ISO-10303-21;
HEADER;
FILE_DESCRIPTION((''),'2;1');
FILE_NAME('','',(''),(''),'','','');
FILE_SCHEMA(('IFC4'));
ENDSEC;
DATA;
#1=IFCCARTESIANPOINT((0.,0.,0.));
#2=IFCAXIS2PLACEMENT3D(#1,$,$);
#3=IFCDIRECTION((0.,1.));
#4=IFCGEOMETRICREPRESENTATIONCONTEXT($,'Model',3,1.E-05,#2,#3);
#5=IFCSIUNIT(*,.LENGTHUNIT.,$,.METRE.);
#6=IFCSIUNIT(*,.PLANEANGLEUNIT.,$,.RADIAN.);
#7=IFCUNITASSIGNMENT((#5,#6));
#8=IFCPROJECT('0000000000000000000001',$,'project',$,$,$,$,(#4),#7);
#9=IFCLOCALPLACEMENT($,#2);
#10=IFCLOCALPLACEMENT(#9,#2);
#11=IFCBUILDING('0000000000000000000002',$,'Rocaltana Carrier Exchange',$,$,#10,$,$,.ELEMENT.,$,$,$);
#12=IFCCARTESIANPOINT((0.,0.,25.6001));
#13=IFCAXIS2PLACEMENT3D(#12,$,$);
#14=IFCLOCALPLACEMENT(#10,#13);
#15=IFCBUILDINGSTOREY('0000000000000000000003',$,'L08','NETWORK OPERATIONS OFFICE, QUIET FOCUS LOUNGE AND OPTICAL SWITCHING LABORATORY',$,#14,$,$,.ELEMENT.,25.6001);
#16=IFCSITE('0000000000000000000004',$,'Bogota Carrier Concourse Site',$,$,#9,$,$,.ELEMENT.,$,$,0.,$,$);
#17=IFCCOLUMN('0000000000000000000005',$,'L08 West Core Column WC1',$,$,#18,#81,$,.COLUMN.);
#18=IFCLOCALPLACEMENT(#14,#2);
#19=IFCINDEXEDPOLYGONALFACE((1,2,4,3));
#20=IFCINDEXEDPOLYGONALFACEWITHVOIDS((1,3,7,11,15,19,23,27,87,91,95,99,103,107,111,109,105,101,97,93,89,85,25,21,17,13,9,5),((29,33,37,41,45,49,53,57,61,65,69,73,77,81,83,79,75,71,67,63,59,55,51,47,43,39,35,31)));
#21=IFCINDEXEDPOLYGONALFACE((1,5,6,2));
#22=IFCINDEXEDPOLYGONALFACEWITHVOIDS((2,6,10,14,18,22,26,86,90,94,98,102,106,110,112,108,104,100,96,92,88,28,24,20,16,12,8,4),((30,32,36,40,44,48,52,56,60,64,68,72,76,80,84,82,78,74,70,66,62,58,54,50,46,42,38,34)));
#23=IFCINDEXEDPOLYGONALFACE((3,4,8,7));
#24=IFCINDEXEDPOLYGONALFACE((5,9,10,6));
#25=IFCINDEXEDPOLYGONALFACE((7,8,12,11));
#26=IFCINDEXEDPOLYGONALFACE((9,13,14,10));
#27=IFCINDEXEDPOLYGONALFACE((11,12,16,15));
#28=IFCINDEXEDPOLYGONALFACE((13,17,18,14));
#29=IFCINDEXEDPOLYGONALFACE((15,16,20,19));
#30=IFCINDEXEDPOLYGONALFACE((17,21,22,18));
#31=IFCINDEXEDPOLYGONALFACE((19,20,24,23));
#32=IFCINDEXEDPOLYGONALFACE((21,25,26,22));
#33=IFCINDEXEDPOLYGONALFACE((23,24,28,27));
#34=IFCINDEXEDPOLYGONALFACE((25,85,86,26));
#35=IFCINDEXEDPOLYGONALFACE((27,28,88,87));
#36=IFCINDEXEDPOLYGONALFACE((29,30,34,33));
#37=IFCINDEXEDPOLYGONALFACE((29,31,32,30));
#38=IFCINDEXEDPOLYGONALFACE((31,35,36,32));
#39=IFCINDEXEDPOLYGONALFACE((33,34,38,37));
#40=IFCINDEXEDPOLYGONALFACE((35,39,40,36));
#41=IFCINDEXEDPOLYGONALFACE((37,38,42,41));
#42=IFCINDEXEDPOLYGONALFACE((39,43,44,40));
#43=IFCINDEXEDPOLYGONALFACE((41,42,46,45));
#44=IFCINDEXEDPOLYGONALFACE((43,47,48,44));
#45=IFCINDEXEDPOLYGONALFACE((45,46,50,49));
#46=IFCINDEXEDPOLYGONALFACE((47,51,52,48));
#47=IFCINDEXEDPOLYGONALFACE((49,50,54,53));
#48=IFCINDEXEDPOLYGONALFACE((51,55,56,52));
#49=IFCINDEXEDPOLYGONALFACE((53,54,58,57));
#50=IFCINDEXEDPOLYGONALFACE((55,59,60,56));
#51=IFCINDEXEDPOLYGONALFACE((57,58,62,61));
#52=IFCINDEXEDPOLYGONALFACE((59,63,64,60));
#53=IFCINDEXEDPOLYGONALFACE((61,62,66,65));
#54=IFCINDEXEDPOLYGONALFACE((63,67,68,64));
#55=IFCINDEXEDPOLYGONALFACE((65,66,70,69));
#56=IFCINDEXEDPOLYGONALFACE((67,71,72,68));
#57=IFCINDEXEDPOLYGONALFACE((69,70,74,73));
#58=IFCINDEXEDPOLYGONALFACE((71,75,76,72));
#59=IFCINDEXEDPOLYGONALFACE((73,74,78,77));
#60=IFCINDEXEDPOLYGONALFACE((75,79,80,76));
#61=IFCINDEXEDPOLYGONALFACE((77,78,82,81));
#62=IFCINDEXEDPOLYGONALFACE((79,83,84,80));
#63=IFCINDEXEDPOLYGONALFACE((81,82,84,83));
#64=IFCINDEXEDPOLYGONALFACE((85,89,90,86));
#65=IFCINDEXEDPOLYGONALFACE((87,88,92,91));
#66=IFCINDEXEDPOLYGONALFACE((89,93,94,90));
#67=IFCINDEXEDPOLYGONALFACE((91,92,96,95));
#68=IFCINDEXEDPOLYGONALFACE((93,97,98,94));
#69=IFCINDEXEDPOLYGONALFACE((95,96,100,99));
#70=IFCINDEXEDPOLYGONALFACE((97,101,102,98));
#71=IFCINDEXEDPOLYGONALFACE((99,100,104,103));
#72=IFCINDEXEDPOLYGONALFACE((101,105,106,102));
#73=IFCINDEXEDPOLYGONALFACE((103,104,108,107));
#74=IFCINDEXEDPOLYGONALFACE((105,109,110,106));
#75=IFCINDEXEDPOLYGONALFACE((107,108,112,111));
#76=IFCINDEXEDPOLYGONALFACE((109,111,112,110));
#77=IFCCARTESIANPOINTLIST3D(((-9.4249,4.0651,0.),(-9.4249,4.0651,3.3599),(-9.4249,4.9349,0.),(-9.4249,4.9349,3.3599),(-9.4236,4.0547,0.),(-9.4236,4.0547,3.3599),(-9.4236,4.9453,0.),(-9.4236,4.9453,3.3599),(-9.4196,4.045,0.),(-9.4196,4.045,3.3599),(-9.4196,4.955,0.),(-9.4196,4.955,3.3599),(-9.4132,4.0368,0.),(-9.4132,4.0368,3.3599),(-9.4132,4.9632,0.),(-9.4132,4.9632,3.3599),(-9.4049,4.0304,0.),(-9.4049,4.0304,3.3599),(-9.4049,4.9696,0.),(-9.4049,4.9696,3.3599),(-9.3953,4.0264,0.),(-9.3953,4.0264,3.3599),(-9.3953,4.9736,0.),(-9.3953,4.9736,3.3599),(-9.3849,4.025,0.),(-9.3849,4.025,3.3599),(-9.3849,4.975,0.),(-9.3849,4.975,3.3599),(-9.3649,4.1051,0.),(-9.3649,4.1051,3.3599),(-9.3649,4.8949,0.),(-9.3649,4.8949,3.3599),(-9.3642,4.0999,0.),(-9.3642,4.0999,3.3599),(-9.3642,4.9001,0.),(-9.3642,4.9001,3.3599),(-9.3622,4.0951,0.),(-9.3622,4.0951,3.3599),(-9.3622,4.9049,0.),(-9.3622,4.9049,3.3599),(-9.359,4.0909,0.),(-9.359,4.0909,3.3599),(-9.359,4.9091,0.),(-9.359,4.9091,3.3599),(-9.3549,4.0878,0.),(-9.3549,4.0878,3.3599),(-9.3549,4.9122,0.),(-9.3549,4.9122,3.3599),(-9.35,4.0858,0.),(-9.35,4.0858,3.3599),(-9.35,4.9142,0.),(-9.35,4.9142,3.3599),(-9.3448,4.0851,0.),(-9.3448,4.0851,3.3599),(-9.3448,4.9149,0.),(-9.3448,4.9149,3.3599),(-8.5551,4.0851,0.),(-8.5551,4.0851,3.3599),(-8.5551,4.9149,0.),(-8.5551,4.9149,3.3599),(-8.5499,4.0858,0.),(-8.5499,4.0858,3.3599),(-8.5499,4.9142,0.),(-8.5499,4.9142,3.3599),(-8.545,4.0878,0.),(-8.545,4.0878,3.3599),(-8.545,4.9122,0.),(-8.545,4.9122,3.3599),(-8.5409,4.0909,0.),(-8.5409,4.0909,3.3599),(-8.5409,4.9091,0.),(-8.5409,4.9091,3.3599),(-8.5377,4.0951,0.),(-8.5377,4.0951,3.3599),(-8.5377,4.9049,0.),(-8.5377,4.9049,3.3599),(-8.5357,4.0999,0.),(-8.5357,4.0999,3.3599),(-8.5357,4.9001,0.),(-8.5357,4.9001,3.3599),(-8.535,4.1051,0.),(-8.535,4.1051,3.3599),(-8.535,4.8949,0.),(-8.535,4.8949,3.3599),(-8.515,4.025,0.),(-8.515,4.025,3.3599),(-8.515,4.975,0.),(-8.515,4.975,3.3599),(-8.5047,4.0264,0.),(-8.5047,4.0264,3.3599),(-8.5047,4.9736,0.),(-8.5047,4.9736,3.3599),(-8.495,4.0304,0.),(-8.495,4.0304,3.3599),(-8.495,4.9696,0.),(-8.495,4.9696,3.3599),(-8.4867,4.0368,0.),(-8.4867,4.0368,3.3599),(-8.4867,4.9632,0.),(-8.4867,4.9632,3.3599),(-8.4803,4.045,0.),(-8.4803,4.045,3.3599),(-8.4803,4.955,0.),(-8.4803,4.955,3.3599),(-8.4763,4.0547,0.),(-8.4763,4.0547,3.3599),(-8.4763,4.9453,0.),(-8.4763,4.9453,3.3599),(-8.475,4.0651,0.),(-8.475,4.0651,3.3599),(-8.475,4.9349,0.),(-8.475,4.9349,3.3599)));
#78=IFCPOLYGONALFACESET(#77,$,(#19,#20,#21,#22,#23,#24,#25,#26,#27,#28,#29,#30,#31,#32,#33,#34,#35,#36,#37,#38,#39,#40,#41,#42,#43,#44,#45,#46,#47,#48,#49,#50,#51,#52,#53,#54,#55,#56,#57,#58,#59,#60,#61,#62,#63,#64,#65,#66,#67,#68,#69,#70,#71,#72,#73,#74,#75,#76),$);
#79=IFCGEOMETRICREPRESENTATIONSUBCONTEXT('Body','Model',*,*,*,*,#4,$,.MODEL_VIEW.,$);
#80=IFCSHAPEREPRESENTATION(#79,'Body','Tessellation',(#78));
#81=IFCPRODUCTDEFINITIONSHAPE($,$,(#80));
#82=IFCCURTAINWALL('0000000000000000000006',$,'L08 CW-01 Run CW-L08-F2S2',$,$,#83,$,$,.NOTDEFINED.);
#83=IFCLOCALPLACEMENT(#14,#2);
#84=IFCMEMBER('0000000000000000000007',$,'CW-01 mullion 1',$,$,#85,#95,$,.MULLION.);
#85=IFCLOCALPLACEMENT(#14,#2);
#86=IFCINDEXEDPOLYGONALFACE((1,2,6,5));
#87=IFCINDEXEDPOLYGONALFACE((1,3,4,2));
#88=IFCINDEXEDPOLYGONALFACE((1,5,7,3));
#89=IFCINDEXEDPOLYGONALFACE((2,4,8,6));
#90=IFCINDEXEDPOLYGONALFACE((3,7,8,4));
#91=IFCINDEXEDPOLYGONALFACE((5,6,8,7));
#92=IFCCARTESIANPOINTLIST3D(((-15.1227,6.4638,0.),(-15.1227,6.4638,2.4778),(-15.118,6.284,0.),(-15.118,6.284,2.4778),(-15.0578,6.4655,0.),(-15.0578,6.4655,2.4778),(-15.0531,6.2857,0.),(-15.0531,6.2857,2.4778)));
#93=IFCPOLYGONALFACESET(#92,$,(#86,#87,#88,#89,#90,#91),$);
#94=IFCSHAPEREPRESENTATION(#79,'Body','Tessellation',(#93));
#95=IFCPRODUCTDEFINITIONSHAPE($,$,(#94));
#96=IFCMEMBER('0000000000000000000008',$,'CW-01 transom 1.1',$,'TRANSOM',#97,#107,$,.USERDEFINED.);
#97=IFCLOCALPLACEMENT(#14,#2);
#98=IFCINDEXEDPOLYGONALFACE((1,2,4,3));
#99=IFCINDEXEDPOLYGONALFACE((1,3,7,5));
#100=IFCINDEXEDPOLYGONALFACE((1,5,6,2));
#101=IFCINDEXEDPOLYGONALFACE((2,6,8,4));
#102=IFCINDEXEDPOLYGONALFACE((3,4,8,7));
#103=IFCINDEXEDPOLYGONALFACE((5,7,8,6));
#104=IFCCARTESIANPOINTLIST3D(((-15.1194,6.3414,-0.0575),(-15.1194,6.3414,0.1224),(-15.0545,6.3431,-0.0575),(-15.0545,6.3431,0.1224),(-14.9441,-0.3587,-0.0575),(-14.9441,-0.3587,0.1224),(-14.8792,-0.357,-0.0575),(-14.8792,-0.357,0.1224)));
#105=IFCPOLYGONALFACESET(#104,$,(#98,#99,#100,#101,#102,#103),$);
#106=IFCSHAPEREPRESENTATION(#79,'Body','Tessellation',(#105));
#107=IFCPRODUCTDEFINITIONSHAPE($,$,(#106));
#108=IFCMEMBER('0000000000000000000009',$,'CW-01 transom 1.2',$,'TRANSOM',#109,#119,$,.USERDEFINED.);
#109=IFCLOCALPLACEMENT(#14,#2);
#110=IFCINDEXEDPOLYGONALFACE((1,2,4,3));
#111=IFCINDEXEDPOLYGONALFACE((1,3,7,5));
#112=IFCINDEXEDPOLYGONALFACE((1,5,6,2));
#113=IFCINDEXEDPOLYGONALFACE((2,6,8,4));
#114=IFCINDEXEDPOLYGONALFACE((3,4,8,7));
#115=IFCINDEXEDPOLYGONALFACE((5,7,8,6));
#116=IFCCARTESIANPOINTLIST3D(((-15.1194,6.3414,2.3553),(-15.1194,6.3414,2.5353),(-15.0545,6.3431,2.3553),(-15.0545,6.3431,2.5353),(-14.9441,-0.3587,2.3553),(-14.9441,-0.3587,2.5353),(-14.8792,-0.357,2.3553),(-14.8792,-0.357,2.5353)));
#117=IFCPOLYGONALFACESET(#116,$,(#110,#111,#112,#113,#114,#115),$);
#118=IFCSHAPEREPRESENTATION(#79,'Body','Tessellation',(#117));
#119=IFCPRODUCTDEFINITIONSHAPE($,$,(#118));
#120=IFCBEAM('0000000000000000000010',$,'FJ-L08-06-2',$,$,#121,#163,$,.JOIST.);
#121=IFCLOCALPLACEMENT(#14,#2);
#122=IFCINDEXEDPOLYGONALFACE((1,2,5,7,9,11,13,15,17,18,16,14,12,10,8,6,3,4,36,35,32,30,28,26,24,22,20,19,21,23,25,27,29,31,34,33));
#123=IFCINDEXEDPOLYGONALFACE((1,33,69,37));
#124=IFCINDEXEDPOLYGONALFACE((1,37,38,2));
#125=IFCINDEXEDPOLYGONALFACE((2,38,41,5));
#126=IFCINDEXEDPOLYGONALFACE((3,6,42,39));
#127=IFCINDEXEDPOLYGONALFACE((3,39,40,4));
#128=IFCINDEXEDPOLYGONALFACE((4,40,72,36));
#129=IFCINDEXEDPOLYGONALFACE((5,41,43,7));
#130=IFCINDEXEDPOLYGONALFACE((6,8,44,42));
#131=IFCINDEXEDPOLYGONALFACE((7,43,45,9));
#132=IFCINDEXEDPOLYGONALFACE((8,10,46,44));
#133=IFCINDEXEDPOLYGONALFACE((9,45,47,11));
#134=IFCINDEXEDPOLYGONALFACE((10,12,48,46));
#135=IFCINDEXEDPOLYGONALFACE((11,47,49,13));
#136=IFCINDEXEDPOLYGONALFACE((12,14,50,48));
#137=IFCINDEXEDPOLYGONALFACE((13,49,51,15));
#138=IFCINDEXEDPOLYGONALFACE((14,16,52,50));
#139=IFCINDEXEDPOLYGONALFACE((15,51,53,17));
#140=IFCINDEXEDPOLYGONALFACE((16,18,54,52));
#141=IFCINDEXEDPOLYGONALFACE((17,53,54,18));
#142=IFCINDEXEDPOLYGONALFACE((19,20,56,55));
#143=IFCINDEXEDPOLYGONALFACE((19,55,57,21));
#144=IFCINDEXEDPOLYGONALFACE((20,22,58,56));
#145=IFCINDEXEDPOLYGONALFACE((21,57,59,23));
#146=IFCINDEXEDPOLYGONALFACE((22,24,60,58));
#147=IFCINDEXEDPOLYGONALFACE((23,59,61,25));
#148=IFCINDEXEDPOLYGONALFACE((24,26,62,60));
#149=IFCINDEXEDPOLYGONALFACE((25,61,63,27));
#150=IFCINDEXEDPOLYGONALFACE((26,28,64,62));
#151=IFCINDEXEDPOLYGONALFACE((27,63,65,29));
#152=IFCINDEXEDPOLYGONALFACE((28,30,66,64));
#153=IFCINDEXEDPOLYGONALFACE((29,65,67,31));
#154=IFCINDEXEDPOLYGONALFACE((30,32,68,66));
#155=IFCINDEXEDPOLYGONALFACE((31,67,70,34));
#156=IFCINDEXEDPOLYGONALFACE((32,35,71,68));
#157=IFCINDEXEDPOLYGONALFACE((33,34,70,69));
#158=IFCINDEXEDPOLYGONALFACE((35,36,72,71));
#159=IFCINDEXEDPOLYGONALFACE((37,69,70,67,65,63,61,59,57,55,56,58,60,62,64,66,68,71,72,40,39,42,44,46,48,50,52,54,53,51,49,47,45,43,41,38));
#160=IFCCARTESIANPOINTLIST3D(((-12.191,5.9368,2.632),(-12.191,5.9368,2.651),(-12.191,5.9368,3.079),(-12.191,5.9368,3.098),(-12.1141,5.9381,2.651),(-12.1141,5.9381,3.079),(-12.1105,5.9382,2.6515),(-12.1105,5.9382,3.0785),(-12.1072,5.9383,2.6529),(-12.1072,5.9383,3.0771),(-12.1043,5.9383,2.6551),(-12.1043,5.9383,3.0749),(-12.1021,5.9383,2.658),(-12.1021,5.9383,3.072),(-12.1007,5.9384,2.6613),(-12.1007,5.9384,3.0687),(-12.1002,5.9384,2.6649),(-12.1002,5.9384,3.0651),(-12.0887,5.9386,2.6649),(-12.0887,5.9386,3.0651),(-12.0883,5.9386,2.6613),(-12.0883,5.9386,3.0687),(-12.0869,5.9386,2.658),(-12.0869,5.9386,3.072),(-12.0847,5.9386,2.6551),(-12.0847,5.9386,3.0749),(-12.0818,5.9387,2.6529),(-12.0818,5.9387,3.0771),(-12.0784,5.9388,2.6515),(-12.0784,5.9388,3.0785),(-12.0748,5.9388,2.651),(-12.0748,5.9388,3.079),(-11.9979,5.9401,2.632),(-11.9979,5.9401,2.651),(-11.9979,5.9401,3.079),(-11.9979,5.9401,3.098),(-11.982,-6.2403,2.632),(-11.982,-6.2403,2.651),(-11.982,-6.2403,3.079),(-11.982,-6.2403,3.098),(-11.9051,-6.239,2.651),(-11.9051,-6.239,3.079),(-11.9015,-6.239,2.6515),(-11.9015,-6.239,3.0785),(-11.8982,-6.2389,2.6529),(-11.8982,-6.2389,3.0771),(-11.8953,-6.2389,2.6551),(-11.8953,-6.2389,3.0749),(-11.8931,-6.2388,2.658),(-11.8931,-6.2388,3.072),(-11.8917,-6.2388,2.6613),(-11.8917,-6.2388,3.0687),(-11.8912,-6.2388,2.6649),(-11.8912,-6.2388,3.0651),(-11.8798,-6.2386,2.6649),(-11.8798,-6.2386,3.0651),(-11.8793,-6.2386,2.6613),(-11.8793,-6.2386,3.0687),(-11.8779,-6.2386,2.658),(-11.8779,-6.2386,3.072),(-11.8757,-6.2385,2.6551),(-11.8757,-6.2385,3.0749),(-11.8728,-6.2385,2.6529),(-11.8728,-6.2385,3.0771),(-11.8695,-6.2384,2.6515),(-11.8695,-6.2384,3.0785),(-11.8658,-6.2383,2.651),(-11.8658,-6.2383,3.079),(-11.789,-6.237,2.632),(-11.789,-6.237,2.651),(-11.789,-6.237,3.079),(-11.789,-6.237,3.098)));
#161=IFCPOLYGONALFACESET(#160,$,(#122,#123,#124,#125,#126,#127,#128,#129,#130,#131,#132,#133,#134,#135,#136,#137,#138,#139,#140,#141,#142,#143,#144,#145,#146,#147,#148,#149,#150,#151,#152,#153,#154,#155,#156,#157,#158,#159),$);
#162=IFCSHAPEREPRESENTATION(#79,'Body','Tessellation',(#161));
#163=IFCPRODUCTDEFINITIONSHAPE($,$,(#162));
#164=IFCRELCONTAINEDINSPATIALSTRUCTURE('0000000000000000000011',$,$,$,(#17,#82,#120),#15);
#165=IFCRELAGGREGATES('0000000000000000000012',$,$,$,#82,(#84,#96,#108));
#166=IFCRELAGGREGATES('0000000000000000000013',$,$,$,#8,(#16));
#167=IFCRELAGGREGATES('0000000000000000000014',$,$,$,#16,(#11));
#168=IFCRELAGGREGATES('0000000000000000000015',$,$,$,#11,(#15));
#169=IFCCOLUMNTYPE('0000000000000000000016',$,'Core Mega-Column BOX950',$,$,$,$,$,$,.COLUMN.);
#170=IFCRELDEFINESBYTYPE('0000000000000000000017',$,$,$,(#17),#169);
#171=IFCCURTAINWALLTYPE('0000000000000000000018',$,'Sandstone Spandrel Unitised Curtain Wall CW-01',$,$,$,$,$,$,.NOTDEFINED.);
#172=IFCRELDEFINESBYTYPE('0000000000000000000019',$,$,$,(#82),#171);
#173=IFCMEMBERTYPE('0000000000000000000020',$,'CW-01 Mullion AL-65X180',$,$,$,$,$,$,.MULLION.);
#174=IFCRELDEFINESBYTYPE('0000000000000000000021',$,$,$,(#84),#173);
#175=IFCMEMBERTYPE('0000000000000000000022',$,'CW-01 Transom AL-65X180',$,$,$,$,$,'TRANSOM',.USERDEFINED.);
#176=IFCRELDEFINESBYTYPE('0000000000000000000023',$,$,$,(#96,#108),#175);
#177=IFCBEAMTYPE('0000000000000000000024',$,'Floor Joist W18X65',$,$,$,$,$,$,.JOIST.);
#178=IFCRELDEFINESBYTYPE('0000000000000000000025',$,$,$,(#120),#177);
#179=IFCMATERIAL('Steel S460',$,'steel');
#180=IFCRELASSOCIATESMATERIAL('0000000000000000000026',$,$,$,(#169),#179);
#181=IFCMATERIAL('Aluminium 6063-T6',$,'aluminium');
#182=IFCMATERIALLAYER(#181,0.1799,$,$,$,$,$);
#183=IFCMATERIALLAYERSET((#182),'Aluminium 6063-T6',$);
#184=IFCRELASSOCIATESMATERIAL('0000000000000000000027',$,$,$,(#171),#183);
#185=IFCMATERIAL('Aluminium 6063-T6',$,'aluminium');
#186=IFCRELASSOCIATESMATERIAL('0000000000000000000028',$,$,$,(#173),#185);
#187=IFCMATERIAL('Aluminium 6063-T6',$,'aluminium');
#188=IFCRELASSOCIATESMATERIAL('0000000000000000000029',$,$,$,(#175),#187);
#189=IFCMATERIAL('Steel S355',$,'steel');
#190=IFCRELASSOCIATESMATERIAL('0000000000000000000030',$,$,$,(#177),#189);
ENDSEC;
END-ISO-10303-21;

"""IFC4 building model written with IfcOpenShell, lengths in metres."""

from ifc_helpers import new_model, si_unit, direction, frame, origin, origin_2d, place, context, subcontext, project, spatial, rectangle, hollow_rectangle, i_section, extrude, material, layer, layer_set, material_profile, profile_set, type_object, element, aggregate, save


model = new_model("IFC4")

# Units and contexts
model_context = context("Model", 3, precision=1e-05, world=origin(), true_north=direction((0.0, 1.0)))
body_context = subcontext(model_context, "Body", "Model", "MODEL_VIEW")
ifc_project = project(units=[si_unit("LENGTHUNIT", "METRE"), si_unit("PLANEANGLEUNIT", "RADIAN")], contexts=[model_context])

# Site, building, storey
site_placement = place(None, origin())
site = spatial("IfcSite", under=ifc_project, at=site_placement, Name="Bogota Carrier Concourse Site", CompositionType="ELEMENT", RefElevation=0.0)
building_placement = place(site_placement, origin())
building = spatial("IfcBuilding", under=site, at=building_placement, Name="Rocaltana Carrier Exchange", CompositionType="ELEMENT")
storey_placement = place(building_placement, frame((0.0, 0.0, 25.6001)))
storey = spatial("IfcBuildingStorey", under=building, at=storey_placement, Name="L08", Description="NETWORK OPERATIONS OFFICE, QUIET FOCUS LOUNGE AND OPTICAL SWITCHING LABORATORY", CompositionType="ELEMENT", Elevation=25.6001)

# Column
ifc_material_1 = material(Name="Steel S460", Category="steel")
ifc_material_profile_1 = material_profile(ifc_material_1, hollow_rectangle(XDim=0.95, YDim=0.95, WallThickness=0.0601, InnerFilletRadius=0.02, OuterFilletRadius=0.04, at=origin_2d()), Name="BOX950X950X60")
ifc_profile_set_1 = profile_set([ifc_material_profile_1], Name="Steel S460")
column_type = type_object("IfcColumnType", Name="Core Mega-Column BOX950", PredefinedType="COLUMN", material=ifc_profile_set_1)
column_placement = place(storey_placement, frame((-8.95, 4.5, 0.0), z_axis=(0.0, 0.0, 1.0), x_axis=(1.0, 0.0, 0.0)))
element("IfcColumn", 1, at=column_placement, inside=storey, type_object=column_type, Name="L08 West Core Column WC1", PredefinedType="COLUMN", context=body_context, shape_type="SweptSolid", body=[
    extrude(hollow_rectangle(XDim=0.95, YDim=0.95, WallThickness=0.0601, InnerFilletRadius=0.02, OuterFilletRadius=0.04, at=origin_2d()), origin(), (0.0, 0.0, 1.0), 3.3599),
])

# Curtain wall, members
ifc_material_2 = material(Name="Aluminium 6063-T6", Category="aluminium")
ifc_layer_1 = layer(ifc_material_2, 0.1799)
ifc_layer_set_1 = layer_set([ifc_layer_1], Name="Aluminium 6063-T6")
curtain_wall_type = type_object("IfcCurtainWallType", Name="Sandstone Spandrel Unitised Curtain Wall CW-01", PredefinedType="NOTDEFINED", material=ifc_layer_set_1)
curtain_wall_placement = place(storey_placement, origin())
curtain_wall = element("IfcCurtainWall", 2, at=curtain_wall_placement, inside=storey, type_object=curtain_wall_type, Name="L08 CW-01 Run CW-L08-F2S2", PredefinedType="NOTDEFINED")
ifc_material_3 = material(Name="Aluminium 6063-T6", Category="aluminium")
ifc_material_profile_2 = material_profile(ifc_material_3, rectangle(XDim=0.0649, YDim=0.1799, at=origin_2d()), Name="AL-65X180")
ifc_profile_set_2 = profile_set([ifc_material_profile_2], Name="Aluminium 6063-T6")
member_type_1 = type_object("IfcMemberType", Name="CW-01 Mullion AL-65X180", PredefinedType="MULLION", material=ifc_profile_set_2)
member_1_placement = place(storey_placement, frame((-15.0879, 6.3748, 0.0), z_axis=(0.0, 0.0, 1.0), x_axis=(0.999657, 0.026177, 0.0)))
member_1 = element("IfcMember", 3, at=member_1_placement, type_object=member_type_1, Name="CW-01 mullion 1", PredefinedType="MULLION", context=body_context, shape_type="SweptSolid", body=[
    extrude(rectangle(XDim=0.0649, YDim=0.1799, at=origin_2d()), origin(), (0.0, 0.0, 1.0), 2.4778),
])
ifc_material_4 = material(Name="Aluminium 6063-T6", Category="aluminium")
ifc_material_profile_3 = material_profile(ifc_material_4, rectangle(XDim=0.0649, YDim=0.1799, at=origin_2d()), Name="AL-65X180")
ifc_profile_set_3 = profile_set([ifc_material_profile_3], Name="Aluminium 6063-T6")
member_type_2 = type_object("IfcMemberType", Name="CW-01 Transom AL-65X180", ElementType="TRANSOM", PredefinedType="USERDEFINED", material=ifc_profile_set_3)
member_2_placement = place(storey_placement, frame((-15.0869, 6.3423, 0.0325), z_axis=(0.026153, -0.999658, 0.0), x_axis=(0.999658, 0.026153, 0.0)))
member_2 = element("IfcMember", 4, at=member_2_placement, type_object=member_type_2, Name="CW-01 transom 1.1", ObjectType="TRANSOM", PredefinedType="USERDEFINED", context=body_context, shape_type="SweptSolid", body=[
    extrude(rectangle(XDim=0.0649, YDim=0.1799, at=origin_2d()), origin(), (0.0, 0.0, 1.0), 6.7024),
])
member_3_placement = place(storey_placement, frame((-15.0869, 6.3423, 2.4453), z_axis=(0.026153, -0.999658, 0.0), x_axis=(0.999658, 0.026153, 0.0)))
member_3 = element("IfcMember", 5, at=member_3_placement, type_object=member_type_2, Name="CW-01 transom 1.2", ObjectType="TRANSOM", PredefinedType="USERDEFINED", context=body_context, shape_type="SweptSolid", body=[
    extrude(rectangle(XDim=0.0649, YDim=0.1799, at=origin_2d()), origin(), (0.0, 0.0, 1.0), 6.7024),
])

# Beam
ifc_material_5 = material(Name="Steel S355", Category="steel")
ifc_material_profile_4 = material_profile(ifc_material_5, i_section(OverallWidth=0.1931, OverallDepth=0.4661, WebThickness=0.0115, FlangeThickness=0.019, FilletRadius=0.0139, at=origin_2d()), Name="W18X65")
ifc_profile_set_4 = profile_set([ifc_material_profile_4], Name="Steel S355")
beam_type_1 = type_object("IfcBeamType", Name="Floor Joist W18X65", PredefinedType="JOIST", material=ifc_profile_set_4)
beam_1_placement = place(storey_placement, frame((-12.0945, 5.9385, 2.865), z_axis=(0.017159, -0.999853, 0.0), x_axis=(0.999853, 0.017159, 0.0)))
element("IfcBeam", 6, at=beam_1_placement, inside=storey, type_object=beam_type_1, Name="FJ-L08-06-2", PredefinedType="JOIST", context=body_context, shape_type="SweptSolid", body=[
    extrude(i_section(OverallWidth=0.1931, OverallDepth=0.4661, WebThickness=0.0115, FlangeThickness=0.019, FilletRadius=0.0139, at=origin_2d()), origin(), (0.0, 0.0, 1.0), 12.179),
])

aggregate(curtain_wall, [member_1, member_2, member_3])

save(model, "model.ifc")
